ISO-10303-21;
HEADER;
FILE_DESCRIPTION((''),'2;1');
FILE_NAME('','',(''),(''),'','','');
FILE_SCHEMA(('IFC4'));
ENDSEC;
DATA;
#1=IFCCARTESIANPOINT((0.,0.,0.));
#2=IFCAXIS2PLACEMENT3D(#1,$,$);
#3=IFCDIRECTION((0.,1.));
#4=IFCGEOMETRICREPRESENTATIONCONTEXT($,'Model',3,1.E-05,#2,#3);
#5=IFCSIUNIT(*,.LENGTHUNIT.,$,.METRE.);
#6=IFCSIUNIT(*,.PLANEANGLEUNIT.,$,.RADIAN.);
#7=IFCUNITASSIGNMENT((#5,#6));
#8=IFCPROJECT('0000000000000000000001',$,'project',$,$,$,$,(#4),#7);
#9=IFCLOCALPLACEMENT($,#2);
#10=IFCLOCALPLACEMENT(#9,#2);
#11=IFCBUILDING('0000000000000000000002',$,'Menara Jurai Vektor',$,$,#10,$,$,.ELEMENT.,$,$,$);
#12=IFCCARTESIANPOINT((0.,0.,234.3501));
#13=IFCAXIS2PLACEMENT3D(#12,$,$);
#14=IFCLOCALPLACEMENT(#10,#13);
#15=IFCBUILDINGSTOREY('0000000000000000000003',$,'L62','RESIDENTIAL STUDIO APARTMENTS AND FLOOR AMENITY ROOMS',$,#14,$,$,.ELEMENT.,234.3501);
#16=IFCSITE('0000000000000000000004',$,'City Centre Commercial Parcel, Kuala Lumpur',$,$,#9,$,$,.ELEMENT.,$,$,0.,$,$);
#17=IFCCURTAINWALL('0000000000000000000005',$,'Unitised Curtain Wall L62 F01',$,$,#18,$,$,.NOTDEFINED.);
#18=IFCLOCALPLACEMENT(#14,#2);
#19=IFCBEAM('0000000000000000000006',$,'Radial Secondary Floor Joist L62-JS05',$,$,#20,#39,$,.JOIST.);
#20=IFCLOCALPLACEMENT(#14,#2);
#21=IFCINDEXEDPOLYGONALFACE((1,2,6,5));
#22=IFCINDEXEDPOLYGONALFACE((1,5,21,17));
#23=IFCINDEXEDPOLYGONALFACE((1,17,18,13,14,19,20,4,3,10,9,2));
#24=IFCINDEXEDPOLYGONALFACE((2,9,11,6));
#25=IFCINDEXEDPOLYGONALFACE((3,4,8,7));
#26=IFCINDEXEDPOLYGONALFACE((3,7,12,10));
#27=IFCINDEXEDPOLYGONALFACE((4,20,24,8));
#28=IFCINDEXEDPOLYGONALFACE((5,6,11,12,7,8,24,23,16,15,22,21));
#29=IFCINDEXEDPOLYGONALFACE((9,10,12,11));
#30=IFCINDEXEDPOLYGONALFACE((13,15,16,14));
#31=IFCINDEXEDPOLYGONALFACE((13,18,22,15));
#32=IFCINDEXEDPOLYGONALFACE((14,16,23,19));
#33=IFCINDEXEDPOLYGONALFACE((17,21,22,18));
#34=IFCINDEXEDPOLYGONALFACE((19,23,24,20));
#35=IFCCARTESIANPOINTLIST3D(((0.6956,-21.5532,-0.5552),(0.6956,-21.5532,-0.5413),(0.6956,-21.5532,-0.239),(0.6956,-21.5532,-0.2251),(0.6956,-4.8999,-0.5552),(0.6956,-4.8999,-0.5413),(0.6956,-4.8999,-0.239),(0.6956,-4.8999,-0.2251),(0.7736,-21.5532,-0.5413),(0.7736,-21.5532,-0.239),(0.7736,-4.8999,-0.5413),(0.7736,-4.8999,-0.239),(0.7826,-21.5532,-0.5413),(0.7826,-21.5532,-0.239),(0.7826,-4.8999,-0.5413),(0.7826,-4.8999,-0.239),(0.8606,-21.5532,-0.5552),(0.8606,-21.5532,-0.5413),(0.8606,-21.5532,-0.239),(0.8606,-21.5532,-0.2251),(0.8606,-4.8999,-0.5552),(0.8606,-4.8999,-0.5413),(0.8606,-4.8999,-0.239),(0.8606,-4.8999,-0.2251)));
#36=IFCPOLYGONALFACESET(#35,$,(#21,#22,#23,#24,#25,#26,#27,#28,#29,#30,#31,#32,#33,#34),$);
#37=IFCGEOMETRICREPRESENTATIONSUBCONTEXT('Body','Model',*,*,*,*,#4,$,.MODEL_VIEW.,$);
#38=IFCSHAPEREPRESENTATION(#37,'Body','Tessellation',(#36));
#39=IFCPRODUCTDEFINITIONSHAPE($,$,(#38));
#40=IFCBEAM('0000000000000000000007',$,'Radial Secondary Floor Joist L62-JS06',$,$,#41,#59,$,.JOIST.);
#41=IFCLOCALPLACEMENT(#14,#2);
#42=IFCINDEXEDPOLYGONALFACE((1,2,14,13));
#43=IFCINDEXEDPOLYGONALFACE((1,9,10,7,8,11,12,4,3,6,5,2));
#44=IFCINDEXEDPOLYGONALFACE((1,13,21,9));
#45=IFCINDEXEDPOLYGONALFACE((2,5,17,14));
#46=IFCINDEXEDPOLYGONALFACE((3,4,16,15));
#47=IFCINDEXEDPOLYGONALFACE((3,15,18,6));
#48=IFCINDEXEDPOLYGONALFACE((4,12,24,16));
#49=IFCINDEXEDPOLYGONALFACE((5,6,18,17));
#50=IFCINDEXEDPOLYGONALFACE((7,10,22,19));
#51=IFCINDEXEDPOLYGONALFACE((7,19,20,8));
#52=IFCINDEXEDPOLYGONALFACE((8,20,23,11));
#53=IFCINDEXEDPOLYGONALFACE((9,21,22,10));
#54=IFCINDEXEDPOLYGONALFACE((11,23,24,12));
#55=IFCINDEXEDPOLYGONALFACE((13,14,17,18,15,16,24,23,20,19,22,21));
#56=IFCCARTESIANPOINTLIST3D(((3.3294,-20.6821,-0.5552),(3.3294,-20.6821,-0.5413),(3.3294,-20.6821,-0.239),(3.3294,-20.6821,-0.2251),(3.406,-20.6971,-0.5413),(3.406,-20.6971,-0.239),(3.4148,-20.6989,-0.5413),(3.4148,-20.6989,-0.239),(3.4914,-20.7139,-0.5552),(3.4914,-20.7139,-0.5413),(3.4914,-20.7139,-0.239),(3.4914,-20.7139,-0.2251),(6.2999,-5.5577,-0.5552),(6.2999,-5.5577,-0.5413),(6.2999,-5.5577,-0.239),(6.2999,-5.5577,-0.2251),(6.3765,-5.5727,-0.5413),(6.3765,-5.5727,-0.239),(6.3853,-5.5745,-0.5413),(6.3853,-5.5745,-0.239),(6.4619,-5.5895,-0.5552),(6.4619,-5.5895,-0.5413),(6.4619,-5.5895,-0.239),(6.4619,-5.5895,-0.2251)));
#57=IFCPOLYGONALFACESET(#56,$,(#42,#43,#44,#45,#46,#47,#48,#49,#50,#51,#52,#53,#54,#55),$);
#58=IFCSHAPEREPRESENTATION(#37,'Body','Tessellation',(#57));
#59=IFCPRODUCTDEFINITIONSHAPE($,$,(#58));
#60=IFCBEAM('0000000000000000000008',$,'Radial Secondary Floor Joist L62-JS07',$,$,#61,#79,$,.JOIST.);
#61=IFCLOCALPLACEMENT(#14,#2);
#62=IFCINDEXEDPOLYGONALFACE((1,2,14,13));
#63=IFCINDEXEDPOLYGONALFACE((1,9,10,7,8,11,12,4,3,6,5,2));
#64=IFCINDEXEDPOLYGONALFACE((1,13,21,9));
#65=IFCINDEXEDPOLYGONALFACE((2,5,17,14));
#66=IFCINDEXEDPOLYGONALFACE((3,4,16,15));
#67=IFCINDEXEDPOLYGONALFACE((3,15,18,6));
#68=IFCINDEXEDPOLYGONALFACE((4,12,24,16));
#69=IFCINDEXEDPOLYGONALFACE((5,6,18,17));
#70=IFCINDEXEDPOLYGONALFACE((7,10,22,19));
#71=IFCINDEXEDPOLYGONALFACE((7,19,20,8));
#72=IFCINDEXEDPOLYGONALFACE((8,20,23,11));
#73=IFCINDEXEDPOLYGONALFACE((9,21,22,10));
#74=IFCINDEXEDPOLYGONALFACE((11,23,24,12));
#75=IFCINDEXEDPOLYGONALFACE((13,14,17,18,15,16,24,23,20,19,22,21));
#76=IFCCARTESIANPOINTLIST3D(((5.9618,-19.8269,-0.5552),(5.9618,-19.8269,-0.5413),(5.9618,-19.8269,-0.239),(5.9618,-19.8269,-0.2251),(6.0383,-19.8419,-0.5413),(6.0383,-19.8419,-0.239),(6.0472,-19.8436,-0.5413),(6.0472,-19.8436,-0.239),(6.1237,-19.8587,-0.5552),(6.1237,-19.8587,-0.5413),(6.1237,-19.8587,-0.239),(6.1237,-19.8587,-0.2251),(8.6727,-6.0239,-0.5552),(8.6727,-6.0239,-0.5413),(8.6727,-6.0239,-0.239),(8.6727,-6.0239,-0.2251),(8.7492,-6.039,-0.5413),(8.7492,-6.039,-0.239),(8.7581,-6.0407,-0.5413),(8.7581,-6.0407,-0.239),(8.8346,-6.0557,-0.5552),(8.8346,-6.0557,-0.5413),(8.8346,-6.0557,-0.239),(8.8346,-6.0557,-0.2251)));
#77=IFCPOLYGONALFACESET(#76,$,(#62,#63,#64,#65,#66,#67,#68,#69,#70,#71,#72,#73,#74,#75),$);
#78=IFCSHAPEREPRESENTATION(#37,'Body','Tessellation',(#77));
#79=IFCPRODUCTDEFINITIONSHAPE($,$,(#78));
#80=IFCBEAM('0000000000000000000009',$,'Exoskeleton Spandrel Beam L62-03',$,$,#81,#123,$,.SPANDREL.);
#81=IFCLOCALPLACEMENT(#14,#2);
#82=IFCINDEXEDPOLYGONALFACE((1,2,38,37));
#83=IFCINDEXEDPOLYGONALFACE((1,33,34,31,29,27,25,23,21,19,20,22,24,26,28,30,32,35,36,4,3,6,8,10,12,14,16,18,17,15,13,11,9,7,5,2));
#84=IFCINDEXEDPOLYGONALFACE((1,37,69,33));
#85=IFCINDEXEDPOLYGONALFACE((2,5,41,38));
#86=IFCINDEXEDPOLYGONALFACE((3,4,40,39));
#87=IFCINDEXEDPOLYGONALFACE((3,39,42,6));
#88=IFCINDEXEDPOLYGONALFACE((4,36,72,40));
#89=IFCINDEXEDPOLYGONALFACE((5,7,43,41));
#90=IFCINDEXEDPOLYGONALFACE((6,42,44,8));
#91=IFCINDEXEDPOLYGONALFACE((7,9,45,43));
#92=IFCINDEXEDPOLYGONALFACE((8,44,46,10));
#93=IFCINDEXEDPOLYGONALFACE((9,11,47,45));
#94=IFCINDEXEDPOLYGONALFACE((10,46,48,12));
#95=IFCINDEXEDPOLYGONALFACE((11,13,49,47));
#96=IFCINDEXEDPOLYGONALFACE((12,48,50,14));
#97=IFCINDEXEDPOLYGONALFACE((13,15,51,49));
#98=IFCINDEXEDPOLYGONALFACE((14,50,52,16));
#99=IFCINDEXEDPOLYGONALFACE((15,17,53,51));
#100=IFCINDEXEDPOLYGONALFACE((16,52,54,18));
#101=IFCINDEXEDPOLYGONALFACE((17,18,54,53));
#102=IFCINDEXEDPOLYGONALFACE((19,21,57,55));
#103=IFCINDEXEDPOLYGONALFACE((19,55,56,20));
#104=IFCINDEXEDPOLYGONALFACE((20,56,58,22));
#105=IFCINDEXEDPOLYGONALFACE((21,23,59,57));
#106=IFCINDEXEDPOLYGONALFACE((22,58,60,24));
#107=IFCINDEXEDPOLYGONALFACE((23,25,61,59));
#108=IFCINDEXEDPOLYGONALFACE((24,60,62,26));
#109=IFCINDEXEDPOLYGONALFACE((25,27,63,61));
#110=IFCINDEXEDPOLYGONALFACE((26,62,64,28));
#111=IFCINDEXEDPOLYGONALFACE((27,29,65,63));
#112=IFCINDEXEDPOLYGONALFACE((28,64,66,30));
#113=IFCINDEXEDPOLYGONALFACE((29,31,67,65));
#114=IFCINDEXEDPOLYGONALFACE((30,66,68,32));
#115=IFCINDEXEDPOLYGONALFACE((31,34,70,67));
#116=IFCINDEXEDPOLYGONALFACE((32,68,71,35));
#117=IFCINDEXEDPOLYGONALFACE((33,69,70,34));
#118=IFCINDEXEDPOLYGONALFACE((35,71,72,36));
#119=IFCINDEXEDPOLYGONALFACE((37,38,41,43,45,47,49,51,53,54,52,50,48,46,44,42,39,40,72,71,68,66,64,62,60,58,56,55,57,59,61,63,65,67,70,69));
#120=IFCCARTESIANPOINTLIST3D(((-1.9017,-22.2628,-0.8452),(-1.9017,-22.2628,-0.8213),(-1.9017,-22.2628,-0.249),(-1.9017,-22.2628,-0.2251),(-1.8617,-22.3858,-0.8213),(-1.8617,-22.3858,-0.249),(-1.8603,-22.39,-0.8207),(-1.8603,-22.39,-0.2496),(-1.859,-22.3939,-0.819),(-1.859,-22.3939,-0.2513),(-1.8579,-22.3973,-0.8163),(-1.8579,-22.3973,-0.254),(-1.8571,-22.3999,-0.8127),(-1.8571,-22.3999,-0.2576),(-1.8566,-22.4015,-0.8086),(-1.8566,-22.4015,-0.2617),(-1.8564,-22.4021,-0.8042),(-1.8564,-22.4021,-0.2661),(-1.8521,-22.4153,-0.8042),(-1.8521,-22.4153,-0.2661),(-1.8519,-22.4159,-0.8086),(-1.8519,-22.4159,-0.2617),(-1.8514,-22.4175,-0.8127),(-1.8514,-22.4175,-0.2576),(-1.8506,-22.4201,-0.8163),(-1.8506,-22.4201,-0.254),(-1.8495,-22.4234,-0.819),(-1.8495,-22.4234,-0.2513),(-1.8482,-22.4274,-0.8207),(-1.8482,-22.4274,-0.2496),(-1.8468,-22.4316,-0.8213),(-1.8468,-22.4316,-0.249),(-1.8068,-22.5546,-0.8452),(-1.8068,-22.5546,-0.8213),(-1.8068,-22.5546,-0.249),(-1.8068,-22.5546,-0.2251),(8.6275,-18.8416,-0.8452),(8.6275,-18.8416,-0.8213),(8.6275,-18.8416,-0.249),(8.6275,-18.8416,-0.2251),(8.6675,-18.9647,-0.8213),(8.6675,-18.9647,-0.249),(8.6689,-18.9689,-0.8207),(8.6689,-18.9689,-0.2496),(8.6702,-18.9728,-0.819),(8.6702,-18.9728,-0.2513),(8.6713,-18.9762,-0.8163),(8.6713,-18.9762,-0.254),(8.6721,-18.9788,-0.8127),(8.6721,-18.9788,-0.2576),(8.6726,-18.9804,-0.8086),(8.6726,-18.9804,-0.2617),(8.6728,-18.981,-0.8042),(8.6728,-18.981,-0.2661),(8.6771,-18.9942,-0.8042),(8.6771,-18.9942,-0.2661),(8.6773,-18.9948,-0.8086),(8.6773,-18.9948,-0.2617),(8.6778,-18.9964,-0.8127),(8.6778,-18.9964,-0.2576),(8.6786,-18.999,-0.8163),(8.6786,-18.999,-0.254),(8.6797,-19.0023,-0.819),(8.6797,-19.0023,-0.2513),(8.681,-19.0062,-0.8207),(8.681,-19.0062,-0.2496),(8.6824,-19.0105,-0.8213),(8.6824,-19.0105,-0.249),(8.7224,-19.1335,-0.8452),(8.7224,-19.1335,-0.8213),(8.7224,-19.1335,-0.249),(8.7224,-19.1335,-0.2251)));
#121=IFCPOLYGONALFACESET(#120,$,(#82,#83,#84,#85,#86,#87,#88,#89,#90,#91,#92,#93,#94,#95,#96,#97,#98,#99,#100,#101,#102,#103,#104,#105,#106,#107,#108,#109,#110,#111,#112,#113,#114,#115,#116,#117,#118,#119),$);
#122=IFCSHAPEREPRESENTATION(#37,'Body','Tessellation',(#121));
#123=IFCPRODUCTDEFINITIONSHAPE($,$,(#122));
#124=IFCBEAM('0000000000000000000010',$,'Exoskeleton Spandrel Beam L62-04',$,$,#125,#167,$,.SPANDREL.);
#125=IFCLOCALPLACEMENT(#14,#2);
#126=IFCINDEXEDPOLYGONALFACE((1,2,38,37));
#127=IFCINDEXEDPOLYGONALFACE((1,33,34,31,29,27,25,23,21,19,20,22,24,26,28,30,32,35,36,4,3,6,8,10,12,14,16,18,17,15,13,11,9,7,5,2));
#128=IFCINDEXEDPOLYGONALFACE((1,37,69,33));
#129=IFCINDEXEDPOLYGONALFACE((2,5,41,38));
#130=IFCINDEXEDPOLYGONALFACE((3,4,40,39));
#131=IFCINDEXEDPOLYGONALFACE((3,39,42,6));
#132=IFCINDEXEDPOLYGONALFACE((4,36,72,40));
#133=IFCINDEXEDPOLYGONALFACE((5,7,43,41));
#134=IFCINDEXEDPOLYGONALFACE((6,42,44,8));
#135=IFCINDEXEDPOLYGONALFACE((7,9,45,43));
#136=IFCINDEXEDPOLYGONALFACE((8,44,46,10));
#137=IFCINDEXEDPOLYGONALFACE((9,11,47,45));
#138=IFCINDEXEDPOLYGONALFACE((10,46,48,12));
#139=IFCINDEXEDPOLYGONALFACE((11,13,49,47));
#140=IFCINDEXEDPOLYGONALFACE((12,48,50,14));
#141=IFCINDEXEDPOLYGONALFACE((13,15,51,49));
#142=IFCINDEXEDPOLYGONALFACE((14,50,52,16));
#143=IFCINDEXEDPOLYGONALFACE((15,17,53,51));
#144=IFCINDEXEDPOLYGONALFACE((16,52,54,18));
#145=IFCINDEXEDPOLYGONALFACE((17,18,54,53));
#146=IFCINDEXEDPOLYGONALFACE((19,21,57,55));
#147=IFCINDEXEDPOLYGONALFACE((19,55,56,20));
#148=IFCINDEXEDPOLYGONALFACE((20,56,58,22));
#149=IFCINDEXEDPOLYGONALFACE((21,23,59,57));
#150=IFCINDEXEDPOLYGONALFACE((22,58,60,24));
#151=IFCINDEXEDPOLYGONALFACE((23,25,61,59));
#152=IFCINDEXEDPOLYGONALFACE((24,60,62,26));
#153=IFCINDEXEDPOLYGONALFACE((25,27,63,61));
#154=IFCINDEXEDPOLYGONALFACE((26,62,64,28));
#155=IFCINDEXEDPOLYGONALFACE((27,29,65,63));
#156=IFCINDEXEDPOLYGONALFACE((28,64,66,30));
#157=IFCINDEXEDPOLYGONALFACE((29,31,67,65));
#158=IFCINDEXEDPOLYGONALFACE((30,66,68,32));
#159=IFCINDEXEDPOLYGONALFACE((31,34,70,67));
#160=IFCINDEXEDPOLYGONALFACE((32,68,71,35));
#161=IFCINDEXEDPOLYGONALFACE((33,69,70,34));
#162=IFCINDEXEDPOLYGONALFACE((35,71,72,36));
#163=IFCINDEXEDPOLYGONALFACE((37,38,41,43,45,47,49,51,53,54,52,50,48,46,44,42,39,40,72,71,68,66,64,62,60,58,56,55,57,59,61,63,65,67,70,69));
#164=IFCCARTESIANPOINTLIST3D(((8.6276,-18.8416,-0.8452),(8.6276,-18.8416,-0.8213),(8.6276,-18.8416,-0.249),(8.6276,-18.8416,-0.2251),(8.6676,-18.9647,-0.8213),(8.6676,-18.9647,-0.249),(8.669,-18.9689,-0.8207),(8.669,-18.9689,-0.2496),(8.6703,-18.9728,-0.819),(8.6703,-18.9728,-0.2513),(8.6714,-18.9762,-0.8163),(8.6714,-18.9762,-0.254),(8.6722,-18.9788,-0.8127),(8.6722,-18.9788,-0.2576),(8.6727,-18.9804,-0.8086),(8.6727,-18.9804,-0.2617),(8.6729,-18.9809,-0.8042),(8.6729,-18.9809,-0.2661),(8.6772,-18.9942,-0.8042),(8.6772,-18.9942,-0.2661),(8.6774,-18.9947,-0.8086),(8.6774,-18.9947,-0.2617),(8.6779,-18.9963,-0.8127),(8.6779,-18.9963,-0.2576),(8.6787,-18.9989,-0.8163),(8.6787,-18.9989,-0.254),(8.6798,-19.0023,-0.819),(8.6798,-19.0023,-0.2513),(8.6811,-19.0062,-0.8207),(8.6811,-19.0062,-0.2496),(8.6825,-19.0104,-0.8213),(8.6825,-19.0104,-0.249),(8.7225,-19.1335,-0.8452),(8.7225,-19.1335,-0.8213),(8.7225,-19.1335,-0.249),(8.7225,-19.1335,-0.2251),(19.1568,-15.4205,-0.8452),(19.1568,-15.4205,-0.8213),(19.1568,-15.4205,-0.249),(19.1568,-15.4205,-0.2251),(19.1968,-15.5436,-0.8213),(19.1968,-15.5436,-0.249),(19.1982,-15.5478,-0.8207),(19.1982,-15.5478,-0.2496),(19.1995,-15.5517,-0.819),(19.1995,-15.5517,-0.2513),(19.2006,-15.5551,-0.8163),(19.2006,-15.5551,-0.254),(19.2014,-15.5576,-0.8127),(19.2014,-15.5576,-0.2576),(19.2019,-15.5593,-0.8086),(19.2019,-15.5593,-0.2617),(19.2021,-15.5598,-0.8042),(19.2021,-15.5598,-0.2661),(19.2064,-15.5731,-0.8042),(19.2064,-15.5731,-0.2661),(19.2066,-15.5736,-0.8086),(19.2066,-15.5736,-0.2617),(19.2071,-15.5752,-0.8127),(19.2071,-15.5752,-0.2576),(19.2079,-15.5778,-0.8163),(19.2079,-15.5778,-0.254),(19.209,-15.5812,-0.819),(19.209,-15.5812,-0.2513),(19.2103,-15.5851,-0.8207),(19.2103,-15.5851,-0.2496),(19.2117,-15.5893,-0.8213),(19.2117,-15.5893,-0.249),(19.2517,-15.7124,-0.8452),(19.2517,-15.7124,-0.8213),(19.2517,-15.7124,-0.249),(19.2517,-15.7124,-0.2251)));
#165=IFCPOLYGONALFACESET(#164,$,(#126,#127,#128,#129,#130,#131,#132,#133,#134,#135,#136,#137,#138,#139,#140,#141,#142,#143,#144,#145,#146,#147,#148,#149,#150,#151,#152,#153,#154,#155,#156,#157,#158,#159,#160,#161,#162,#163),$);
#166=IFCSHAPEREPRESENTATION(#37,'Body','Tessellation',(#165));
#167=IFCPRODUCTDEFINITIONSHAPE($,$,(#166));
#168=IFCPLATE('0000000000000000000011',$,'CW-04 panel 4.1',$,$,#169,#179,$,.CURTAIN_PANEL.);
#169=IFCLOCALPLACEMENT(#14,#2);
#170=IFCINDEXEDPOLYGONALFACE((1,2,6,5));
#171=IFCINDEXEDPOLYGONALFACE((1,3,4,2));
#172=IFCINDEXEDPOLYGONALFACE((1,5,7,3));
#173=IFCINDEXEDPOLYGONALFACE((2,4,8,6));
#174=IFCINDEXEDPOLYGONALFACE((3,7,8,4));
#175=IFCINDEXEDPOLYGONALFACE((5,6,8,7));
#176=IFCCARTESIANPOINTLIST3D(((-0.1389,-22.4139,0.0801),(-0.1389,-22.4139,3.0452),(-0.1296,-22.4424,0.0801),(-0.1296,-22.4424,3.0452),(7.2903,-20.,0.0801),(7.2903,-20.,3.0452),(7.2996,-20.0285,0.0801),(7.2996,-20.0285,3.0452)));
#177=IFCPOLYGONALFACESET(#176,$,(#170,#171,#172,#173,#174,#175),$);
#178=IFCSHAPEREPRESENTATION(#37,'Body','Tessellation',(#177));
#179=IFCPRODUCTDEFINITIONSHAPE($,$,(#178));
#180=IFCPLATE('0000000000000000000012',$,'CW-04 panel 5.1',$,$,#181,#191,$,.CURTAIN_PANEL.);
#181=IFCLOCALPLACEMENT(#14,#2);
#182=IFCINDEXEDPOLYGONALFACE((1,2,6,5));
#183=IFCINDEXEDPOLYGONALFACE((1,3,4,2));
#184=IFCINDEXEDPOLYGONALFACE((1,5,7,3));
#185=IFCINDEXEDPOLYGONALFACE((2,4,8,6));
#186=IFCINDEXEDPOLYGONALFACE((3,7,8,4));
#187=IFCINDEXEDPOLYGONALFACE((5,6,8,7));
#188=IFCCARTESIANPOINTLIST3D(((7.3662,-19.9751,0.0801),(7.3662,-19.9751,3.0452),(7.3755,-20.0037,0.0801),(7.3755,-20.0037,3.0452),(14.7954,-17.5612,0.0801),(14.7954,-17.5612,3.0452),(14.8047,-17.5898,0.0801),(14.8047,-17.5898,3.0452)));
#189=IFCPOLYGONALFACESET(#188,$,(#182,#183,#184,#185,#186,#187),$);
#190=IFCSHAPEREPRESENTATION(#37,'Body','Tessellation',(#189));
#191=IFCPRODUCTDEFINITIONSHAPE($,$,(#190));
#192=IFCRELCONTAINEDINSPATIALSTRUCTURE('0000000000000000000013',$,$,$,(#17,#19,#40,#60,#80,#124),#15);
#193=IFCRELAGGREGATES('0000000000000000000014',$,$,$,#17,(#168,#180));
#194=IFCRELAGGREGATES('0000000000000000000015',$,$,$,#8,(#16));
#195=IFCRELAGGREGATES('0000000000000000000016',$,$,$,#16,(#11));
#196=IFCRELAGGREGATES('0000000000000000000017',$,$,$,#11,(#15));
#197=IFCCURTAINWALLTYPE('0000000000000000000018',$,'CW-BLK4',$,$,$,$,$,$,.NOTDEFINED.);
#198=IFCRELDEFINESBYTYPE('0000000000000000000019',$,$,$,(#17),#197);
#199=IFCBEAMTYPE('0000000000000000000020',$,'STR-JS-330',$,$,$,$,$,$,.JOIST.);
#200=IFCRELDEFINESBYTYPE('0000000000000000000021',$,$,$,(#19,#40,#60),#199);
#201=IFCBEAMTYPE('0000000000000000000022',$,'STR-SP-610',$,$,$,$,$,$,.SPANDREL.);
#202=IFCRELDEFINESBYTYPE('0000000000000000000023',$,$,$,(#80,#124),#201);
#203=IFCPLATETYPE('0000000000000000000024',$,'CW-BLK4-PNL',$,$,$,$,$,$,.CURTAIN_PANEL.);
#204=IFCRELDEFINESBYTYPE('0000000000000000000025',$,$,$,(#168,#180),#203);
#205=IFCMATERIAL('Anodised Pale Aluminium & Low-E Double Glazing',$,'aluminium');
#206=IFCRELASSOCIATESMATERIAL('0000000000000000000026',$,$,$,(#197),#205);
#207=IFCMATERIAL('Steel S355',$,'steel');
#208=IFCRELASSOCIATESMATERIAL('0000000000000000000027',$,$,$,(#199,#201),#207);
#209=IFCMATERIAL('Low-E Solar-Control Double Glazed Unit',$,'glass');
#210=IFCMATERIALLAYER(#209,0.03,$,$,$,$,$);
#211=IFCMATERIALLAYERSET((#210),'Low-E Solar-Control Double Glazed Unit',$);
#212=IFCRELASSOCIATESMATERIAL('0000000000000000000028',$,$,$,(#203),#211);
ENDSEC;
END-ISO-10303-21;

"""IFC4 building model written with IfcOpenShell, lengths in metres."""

from ifc_helpers import new_model, si_unit, direction, frame, origin, origin_2d, place, context, subcontext, project, spatial, rectangle, i_section, extrude, material, layer, layer_set, material_profile, profile_set, type_object, element, aggregate, save


model = new_model("IFC4")

# Units and contexts
model_context = context("Model", 3, precision=1e-05, world=origin(), true_north=direction((0.0, 1.0)))
body_context = subcontext(model_context, "Body", "Model", "MODEL_VIEW")
ifc_project = project(units=[si_unit("LENGTHUNIT", "METRE"), si_unit("PLANEANGLEUNIT", "RADIAN")], contexts=[model_context])

# Site, building, storey
site_placement = place(None, origin())
site = spatial("IfcSite", under=ifc_project, at=site_placement, Name="City Centre Commercial Parcel, Kuala Lumpur", CompositionType="ELEMENT", RefElevation=0.0)
building_placement = place(site_placement, origin())
building = spatial("IfcBuilding", under=site, at=building_placement, Name="Menara Jurai Vektor", CompositionType="ELEMENT")
storey_placement = place(building_placement, frame((0.0, 0.0, 234.3501)))
storey = spatial("IfcBuildingStorey", under=building, at=storey_placement, Name="L62", Description="RESIDENTIAL STUDIO APARTMENTS AND FLOOR AMENITY ROOMS", CompositionType="ELEMENT", Elevation=234.3501)

# Curtain wall
ifc_material_1 = material(Name="Anodised Pale Aluminium & Low-E Double Glazing", Category="aluminium")
curtain_wall_type = type_object("IfcCurtainWallType", Name="CW-BLK4", PredefinedType="NOTDEFINED", material=ifc_material_1)
curtain_wall_placement = place(storey_placement, origin())
curtain_wall = element("IfcCurtainWall", 1, at=curtain_wall_placement, inside=storey, type_object=curtain_wall_type, Name="Unitised Curtain Wall L62 F01", PredefinedType="NOTDEFINED")

# Beams
ifc_material_2 = material(Name="Steel S355", Category="steel")
ifc_material_profile_1 = material_profile(ifc_material_2, i_section(OverallWidth=0.165, OverallDepth=0.3301, WebThickness=0.009, FlangeThickness=0.0139, at=origin_2d()), Name="PG 330x165x46")
ifc_profile_set_1 = profile_set([ifc_material_profile_1], Name="Steel S355")
beam_type_1 = type_object("IfcBeamType", Name="STR-JS-330", PredefinedType="JOIST", material=ifc_profile_set_1)
beam_1_placement = place(storey_placement, frame((0.7781, -21.5532, -0.3901), z_axis=(0.0, 1.0, 0.0), x_axis=(-1.0, 0.0, 0.0)))
element("IfcBeam", 2, at=beam_1_placement, inside=storey, type_object=beam_type_1, Name="Radial Secondary Floor Joist L62-JS05", PredefinedType="JOIST", context=body_context, shape_type="SweptSolid", body=[
    extrude(i_section(OverallWidth=0.165, OverallDepth=0.3301, WebThickness=0.009, FlangeThickness=0.0139, at=origin_2d()), origin(), (0.0, 0.0, 1.0), 16.6533),
])
beam_2_placement = place(storey_placement, frame((3.4104, -20.698, -0.3901), z_axis=(0.192722, 0.981253, 0.0), x_axis=(-0.981253, 0.192722, 0.0)))
element("IfcBeam", 3, at=beam_2_placement, inside=storey, type_object=beam_type_1, Name="Radial Secondary Floor Joist L62-JS06", PredefinedType="JOIST", context=body_context, shape_type="SweptSolid", body=[
    extrude(i_section(OverallWidth=0.165, OverallDepth=0.3301, WebThickness=0.009, FlangeThickness=0.0139, at=origin_2d()), origin(), (0.0, 0.0, 1.0), 15.4133),
])
beam_3_placement = place(storey_placement, frame((6.0427, -19.8428, -0.3901), z_axis=(0.192721, 0.981254, 0.0), x_axis=(-0.981254, 0.192721, 0.0)))
element("IfcBeam", 4, at=beam_3_placement, inside=storey, type_object=beam_type_1, Name="Radial Secondary Floor Joist L62-JS07", PredefinedType="JOIST", context=body_context, shape_type="SweptSolid", body=[
    extrude(i_section(OverallWidth=0.165, OverallDepth=0.3301, WebThickness=0.009, FlangeThickness=0.0139, at=origin_2d()), origin(), (0.0, 0.0, 1.0), 14.0667),
])
ifc_material_profile_2 = material_profile(ifc_material_2, i_section(OverallWidth=0.3069, OverallDepth=0.6201, WebThickness=0.0139, FlangeThickness=0.0239, FilletRadius=0.0171, at=origin_2d()), Name="UKB 610x305x179")
ifc_profile_set_2 = profile_set([ifc_material_profile_2], Name="Steel S355")
beam_type_2 = type_object("IfcBeamType", Name="STR-SP-610", PredefinedType="SPANDREL", material=ifc_profile_set_2)
for number, where, z_axis, x_axis, name in (
    (5, (-1.8542, -22.4087, -0.5352), (0.951057, 0.309014, 0.0), (-0.309014, 0.951057, 0.0), "Exoskeleton Spandrel Beam L62-03"),
    (6, (8.675, -18.9875, -0.5352), (0.951057, 0.309014, 0.0), (-0.309014, 0.951057, 0.0), "Exoskeleton Spandrel Beam L62-04"),
):
    element("IfcBeam", number, at=place(storey_placement, frame(where, z_axis=z_axis, x_axis=x_axis)), inside=storey, type_object=beam_type_2, Name=name, PredefinedType="SPANDREL", context=body_context, shape_type="SweptSolid", body=[
        extrude(i_section(OverallWidth=0.3069, OverallDepth=0.6201, WebThickness=0.0139, FlangeThickness=0.0239, FilletRadius=0.0171, at=origin_2d()), origin(), (0.0, 0.0, 1.0), 11.071),
    ])

# Plates
ifc_material_3 = material(Name="Low-E Solar-Control Double Glazed Unit", Category="glass")
ifc_layer_1 = layer(ifc_material_3, 0.03)
ifc_layer_set_1 = layer_set([ifc_layer_1], Name="Low-E Solar-Control Double Glazed Unit")
plate_type_1 = type_object("IfcPlateType", Name="CW-BLK4-PNL", PredefinedType="CURTAIN_PANEL", material=ifc_layer_set_1)
plate_1_placement = place(storey_placement, frame((3.5803, -21.2212, 0.0801), z_axis=(0.0, 0.0, 1.0), x_axis=(0.951056, 0.309017, 0.0)))
plate_1 = element("IfcPlate", 7, at=plate_1_placement, type_object=plate_type_1, Name="CW-04 panel 4.1", PredefinedType="CURTAIN_PANEL", context=body_context, shape_type="SweptSolid", body=[
    extrude(rectangle(XDim=7.8115, YDim=0.03, at=origin_2d()), origin(), (0.0, 0.0, 1.0), 2.9651),
])
plate_2_placement = place(storey_placement, frame((11.0854, -18.7825, 0.0801), z_axis=(0.0, 0.0, 1.0), x_axis=(0.951056, 0.309017, 0.0)))
plate_2 = element("IfcPlate", 8, at=plate_2_placement, type_object=plate_type_1, Name="CW-04 panel 5.1", PredefinedType="CURTAIN_PANEL", context=body_context, shape_type="SweptSolid", body=[
    extrude(rectangle(XDim=7.8115, YDim=0.03, at=origin_2d()), origin(), (0.0, 0.0, 1.0), 2.9651),
])
aggregate(curtain_wall, [plate_1, plate_2])

save(model, "model.ifc")
